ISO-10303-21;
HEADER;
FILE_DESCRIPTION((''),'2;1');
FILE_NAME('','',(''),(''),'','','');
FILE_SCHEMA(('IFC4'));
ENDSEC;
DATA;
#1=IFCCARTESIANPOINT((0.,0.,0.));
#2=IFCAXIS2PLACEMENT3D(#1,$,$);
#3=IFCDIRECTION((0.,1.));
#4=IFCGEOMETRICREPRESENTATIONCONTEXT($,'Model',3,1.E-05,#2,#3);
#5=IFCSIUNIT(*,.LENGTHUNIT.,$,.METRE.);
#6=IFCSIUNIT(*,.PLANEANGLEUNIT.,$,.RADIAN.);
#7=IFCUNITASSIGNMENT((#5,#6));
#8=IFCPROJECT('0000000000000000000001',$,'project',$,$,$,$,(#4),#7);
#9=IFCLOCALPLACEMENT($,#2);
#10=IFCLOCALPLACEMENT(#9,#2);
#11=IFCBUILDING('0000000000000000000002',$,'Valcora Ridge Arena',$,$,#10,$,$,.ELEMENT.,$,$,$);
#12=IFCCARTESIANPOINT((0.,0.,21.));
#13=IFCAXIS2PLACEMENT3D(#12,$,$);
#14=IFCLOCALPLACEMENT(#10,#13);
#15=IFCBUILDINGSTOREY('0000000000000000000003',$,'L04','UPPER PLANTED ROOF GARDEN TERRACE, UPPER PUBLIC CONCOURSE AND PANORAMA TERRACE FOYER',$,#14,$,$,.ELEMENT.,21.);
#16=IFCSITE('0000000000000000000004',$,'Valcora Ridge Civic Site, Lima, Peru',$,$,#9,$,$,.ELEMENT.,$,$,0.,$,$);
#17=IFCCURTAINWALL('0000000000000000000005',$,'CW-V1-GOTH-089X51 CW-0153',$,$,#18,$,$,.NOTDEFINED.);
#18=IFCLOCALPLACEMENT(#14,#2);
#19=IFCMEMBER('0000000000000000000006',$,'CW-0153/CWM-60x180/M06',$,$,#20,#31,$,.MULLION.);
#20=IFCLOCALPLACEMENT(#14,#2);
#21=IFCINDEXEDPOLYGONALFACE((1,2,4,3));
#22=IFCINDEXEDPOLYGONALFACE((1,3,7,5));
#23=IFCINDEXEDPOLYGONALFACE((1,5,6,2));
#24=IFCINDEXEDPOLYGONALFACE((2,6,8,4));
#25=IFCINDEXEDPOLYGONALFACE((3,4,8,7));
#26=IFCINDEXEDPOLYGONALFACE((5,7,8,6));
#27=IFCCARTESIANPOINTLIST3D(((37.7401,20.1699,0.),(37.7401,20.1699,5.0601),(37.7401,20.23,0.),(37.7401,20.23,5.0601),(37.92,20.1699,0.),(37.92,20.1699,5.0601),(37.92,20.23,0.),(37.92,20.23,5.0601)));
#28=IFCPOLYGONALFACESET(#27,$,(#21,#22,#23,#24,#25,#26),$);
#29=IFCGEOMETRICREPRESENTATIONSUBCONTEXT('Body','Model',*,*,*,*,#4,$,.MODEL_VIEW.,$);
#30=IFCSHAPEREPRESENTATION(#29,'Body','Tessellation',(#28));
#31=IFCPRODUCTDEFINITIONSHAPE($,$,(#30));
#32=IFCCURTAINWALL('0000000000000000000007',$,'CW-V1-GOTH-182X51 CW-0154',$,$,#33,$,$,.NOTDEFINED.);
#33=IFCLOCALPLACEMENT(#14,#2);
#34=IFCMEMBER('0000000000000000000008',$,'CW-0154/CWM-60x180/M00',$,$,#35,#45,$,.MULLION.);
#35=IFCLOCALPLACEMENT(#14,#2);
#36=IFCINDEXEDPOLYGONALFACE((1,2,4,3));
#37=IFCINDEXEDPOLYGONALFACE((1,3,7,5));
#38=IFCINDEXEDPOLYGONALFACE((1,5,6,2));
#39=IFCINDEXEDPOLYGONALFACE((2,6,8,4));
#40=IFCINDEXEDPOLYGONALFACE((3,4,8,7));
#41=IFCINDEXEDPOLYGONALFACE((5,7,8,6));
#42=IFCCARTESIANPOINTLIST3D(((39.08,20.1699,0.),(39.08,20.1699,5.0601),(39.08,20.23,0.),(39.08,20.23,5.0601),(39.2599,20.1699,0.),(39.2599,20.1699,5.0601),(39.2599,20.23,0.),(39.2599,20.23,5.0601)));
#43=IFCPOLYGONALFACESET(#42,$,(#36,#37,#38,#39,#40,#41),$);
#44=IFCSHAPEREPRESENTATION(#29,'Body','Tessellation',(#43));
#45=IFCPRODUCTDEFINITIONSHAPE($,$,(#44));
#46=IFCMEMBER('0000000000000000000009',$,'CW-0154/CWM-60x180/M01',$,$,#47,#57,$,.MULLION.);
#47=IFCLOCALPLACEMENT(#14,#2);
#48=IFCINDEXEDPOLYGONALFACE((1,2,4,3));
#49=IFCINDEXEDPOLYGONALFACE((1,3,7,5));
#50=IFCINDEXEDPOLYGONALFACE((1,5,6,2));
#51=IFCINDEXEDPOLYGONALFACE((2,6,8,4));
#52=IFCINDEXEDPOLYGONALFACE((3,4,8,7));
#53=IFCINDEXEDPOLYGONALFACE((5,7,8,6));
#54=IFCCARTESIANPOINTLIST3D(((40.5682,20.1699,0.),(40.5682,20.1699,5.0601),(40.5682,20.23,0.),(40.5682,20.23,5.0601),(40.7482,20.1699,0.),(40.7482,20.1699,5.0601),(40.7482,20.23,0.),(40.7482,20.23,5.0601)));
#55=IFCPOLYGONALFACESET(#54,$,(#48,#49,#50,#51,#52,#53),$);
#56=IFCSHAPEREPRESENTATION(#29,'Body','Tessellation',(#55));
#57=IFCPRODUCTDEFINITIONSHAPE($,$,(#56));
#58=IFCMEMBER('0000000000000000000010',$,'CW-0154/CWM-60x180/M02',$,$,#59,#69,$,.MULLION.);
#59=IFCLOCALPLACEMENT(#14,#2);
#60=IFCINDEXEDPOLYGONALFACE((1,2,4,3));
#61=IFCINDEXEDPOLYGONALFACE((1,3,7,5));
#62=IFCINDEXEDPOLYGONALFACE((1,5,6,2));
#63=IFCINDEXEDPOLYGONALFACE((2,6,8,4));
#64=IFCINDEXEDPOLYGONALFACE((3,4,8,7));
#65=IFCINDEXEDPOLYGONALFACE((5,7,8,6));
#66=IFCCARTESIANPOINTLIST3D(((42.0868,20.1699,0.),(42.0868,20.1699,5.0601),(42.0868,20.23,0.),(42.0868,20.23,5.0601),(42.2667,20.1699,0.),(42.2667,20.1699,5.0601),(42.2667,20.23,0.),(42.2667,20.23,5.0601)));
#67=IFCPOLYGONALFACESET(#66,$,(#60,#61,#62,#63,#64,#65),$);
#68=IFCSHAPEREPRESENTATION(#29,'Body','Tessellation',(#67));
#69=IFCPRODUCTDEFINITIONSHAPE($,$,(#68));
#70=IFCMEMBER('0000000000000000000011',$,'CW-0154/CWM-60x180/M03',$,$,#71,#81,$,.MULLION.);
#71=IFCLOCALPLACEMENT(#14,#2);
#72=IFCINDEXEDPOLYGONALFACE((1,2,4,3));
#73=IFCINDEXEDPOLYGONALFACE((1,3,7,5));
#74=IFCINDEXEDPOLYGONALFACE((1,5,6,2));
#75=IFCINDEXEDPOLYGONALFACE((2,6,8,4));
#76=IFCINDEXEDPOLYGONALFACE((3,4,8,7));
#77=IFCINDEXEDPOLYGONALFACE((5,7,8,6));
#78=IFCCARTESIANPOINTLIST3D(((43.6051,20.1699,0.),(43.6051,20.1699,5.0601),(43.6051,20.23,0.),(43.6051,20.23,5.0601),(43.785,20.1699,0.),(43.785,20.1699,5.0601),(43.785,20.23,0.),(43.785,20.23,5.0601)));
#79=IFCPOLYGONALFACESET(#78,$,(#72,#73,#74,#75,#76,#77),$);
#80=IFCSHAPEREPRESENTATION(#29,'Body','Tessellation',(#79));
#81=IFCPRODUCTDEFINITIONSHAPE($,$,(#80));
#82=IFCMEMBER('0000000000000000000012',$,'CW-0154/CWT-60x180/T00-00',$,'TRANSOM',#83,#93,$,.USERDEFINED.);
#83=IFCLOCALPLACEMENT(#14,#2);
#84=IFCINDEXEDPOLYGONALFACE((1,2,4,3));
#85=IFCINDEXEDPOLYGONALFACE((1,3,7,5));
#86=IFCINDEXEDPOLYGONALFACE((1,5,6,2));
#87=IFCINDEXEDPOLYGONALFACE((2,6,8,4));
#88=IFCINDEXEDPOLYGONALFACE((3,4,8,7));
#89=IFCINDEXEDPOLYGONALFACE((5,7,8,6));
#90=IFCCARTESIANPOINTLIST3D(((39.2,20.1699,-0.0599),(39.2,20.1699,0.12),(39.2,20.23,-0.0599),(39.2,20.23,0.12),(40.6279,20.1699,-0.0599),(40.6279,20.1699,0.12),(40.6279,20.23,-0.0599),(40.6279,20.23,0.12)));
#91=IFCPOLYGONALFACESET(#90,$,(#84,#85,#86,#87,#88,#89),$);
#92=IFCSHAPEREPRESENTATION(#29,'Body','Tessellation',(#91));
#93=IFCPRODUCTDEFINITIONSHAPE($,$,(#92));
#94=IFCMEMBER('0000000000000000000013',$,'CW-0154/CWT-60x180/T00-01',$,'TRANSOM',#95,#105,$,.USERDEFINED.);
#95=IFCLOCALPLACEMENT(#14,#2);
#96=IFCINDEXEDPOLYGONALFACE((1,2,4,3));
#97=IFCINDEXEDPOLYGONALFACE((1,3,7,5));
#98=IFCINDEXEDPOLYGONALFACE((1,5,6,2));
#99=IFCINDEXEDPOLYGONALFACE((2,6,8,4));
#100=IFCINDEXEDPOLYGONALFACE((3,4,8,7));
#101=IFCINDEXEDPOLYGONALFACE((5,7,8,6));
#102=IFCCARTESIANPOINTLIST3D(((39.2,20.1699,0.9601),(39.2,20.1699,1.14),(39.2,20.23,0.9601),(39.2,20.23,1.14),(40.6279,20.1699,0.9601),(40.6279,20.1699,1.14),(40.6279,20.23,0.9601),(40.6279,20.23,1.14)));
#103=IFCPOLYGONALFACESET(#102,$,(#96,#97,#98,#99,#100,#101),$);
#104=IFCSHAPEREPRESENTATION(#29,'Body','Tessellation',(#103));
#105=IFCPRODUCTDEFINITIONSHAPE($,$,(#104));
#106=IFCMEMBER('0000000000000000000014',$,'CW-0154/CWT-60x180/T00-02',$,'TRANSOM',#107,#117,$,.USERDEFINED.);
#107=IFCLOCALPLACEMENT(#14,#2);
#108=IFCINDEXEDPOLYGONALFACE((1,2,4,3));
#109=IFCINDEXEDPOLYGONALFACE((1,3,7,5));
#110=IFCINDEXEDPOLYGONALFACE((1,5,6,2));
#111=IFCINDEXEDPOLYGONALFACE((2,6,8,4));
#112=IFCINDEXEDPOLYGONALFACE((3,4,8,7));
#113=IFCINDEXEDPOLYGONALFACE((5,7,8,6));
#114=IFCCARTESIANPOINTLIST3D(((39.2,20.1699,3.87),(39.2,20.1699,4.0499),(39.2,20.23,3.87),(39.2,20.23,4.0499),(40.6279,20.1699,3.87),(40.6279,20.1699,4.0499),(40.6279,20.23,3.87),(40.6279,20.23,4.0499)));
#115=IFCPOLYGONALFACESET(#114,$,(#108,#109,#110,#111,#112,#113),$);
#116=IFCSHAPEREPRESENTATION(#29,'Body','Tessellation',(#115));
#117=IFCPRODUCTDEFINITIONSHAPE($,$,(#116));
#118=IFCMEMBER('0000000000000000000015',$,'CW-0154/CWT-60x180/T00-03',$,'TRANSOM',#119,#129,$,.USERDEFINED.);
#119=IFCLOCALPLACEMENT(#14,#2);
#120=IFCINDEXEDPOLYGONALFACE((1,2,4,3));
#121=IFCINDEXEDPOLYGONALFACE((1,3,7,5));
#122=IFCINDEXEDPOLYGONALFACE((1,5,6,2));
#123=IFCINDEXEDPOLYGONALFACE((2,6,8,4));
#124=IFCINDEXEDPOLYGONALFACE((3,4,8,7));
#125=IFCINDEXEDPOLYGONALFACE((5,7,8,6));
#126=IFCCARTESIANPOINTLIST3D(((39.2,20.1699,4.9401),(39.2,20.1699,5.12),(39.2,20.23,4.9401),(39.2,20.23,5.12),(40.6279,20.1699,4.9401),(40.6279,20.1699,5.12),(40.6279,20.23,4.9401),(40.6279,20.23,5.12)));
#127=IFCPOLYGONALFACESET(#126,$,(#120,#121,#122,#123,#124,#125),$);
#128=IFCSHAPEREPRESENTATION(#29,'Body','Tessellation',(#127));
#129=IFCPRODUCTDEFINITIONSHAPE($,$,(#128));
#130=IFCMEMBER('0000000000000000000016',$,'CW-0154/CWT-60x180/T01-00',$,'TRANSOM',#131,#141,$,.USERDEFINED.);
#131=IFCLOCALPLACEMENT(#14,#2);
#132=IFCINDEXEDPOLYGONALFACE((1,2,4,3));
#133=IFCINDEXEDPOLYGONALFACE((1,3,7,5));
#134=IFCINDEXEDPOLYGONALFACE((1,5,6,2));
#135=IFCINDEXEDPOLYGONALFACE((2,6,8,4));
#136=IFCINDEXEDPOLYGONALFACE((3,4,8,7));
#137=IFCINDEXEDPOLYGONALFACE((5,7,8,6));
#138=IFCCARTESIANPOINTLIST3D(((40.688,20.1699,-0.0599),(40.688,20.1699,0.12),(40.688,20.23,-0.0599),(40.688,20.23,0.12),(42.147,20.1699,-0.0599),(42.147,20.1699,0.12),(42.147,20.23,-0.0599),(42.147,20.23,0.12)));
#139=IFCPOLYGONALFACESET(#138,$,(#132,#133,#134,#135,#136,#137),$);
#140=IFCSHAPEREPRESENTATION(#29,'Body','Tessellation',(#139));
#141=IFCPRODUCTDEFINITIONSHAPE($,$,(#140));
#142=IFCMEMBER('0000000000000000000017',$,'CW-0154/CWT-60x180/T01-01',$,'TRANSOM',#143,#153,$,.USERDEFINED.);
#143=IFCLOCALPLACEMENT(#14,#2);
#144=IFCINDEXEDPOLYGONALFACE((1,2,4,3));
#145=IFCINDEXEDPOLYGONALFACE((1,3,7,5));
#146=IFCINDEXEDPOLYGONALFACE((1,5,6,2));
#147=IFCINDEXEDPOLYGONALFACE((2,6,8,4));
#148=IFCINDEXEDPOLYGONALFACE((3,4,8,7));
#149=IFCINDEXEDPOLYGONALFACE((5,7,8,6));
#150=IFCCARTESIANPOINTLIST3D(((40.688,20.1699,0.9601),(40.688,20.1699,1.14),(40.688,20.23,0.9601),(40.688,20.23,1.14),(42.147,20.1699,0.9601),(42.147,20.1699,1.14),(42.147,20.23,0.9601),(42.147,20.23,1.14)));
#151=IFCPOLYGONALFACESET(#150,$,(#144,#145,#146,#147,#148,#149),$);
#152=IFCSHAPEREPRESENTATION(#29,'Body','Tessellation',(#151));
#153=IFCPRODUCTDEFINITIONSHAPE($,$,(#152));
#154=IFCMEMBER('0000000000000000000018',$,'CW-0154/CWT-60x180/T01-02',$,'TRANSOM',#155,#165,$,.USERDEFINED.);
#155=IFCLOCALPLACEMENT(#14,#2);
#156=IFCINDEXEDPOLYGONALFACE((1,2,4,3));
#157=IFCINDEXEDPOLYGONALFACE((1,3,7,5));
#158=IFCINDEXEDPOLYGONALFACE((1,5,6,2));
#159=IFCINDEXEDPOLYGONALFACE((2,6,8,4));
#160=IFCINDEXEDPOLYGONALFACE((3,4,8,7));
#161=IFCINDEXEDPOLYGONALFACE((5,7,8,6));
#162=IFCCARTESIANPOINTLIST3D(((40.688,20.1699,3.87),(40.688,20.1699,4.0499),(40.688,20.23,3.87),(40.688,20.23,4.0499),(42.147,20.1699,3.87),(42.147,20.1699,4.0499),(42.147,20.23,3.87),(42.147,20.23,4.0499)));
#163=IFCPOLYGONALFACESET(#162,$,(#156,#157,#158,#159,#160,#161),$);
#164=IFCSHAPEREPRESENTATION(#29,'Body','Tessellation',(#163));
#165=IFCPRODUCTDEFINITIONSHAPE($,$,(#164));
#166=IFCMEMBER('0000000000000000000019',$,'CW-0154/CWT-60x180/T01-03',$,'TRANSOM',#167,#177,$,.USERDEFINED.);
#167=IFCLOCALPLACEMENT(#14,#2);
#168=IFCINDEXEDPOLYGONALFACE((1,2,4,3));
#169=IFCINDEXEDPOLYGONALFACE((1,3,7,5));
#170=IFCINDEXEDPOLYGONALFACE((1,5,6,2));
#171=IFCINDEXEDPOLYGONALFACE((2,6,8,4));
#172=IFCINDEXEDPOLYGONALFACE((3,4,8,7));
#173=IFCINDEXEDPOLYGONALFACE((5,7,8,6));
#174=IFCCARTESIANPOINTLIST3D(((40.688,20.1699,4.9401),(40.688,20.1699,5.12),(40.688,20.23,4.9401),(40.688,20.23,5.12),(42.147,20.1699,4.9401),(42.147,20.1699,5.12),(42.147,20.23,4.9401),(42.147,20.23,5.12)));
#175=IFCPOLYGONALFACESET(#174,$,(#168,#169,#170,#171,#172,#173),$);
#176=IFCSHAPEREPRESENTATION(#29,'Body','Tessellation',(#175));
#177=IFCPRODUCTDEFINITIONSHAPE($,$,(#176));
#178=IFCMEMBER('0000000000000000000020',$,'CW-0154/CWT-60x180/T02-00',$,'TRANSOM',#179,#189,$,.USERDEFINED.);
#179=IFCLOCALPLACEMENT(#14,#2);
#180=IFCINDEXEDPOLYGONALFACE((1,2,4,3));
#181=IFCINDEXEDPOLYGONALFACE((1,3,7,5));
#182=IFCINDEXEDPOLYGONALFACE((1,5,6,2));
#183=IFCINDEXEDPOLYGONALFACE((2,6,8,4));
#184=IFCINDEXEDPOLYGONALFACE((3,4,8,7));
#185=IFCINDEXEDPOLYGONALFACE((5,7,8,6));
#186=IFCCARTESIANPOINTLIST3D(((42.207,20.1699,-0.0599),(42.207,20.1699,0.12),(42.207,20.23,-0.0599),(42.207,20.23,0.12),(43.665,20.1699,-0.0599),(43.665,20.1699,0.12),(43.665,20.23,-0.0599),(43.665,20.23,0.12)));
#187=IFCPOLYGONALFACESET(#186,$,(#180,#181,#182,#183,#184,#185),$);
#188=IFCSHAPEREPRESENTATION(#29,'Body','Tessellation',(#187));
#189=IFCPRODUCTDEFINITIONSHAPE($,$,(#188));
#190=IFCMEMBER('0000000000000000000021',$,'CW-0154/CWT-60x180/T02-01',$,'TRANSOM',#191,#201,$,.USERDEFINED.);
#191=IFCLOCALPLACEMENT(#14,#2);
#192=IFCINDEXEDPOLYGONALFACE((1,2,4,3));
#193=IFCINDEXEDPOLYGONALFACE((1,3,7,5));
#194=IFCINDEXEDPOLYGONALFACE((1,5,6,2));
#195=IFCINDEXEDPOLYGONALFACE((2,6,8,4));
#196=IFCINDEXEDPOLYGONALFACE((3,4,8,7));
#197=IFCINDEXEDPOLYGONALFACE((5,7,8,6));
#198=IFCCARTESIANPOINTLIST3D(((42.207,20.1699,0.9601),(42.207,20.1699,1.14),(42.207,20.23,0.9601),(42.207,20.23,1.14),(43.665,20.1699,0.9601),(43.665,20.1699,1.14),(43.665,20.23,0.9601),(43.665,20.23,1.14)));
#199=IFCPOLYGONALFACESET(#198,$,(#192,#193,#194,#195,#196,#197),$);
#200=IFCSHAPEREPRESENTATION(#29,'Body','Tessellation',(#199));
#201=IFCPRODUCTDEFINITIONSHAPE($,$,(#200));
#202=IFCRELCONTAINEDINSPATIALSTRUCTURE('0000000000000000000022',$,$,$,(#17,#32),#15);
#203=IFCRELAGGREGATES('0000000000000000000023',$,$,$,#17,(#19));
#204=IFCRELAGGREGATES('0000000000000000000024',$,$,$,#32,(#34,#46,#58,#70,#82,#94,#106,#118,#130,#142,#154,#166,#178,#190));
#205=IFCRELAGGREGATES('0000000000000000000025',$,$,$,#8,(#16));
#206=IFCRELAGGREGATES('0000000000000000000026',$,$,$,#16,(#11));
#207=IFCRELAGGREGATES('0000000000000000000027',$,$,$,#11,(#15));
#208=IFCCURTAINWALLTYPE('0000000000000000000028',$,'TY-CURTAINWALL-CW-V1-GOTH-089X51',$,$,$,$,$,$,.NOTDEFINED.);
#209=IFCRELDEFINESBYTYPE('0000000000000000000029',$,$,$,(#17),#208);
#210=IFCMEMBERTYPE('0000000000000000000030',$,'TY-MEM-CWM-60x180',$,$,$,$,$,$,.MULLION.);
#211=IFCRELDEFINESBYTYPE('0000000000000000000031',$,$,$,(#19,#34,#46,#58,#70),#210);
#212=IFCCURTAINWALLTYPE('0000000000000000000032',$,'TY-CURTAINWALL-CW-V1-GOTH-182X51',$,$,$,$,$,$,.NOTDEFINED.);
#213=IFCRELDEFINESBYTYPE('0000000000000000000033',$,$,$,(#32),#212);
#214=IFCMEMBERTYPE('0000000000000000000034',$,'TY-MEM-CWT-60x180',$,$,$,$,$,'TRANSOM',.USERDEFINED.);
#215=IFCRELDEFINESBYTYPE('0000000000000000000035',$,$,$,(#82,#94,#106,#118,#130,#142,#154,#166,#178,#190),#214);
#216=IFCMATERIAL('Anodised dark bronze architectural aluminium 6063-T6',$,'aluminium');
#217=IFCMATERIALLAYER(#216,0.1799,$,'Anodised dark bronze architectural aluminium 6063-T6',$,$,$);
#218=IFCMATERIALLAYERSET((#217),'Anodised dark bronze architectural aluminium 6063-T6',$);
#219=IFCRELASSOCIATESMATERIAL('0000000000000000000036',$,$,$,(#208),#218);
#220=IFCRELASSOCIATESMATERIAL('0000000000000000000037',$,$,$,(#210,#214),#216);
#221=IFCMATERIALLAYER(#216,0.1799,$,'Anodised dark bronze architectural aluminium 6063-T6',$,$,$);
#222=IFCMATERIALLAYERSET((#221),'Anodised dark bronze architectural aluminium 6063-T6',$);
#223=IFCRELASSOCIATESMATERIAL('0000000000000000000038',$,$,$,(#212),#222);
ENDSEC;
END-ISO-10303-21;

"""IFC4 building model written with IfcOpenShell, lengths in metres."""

from ifc_helpers import new_model, si_unit, direction, frame, origin, origin_2d, place, context, subcontext, project, spatial, rectangle, extrude, material, layer, layer_set, material_profile, profile_set, type_object, element, aggregate, save


model = new_model("IFC4")

# Units and contexts
model_context = context("Model", 3, precision=1e-05, world=origin(), true_north=direction((0.0, 1.0)))
body_context = subcontext(model_context, "Body", "Model", "MODEL_VIEW")
ifc_project = project(units=[si_unit("LENGTHUNIT", "METRE"), si_unit("PLANEANGLEUNIT", "RADIAN")], contexts=[model_context])

# Site, building, storey
site_placement = place(None, origin())
site = spatial("IfcSite", under=ifc_project, at=site_placement, Name="Valcora Ridge Civic Site, Lima, Peru", CompositionType="ELEMENT", RefElevation=0.0)
building_placement = place(site_placement, origin())
building = spatial("IfcBuilding", under=site, at=building_placement, Name="Valcora Ridge Arena", CompositionType="ELEMENT")
storey_placement = place(building_placement, frame((0.0, 0.0, 21.0)))
storey = spatial("IfcBuildingStorey", under=building, at=storey_placement, Name="L04", Description="UPPER PLANTED ROOF GARDEN TERRACE, UPPER PUBLIC CONCOURSE AND PANORAMA TERRACE FOYER", CompositionType="ELEMENT", Elevation=21.0)

# Curtain wall, member
ifc_material_1 = material(Name="Anodised dark bronze architectural aluminium 6063-T6", Category="aluminium")
ifc_layer_1 = layer(ifc_material_1, 0.1799, Name="Anodised dark bronze architectural aluminium 6063-T6")
ifc_layer_set_1 = layer_set([ifc_layer_1], Name="Anodised dark bronze architectural aluminium 6063-T6")
curtain_wall_type_1 = type_object("IfcCurtainWallType", Name="TY-CURTAINWALL-CW-V1-GOTH-089X51", PredefinedType="NOTDEFINED", material=ifc_layer_set_1)
curtain_wall_1_placement = place(storey_placement, origin())
curtain_wall_1 = element("IfcCurtainWall", 1, at=curtain_wall_1_placement, inside=storey, type_object=curtain_wall_type_1, Name="CW-V1-GOTH-089X51 CW-0153", PredefinedType="NOTDEFINED")
ifc_material_profile_1 = material_profile(ifc_material_1, rectangle(XDim=0.0601, YDim=0.1799, at=origin_2d()), Name="ALU MULLION 60x180")
ifc_profile_set_1 = profile_set([ifc_material_profile_1], Name="Anodised dark bronze architectural aluminium 6063-T6")
member_type_1 = type_object("IfcMemberType", Name="TY-MEM-CWM-60x180", PredefinedType="MULLION", material=ifc_profile_set_1)
member_1_placement = place(storey_placement, frame((37.8301, 20.2, 0.0), z_axis=(0.0, 0.0, 1.0), x_axis=(0.0, 1.0, 0.0)))
member_1 = element("IfcMember", 2, at=member_1_placement, type_object=member_type_1, Name="CW-0153/CWM-60x180/M06", PredefinedType="MULLION", context=body_context, shape_type="SweptSolid", body=[
    extrude(rectangle(XDim=0.0601, YDim=0.1799, at=origin_2d()), origin(), (0.0, 0.0, 1.0), 5.0601),
])
aggregate(curtain_wall_1, [member_1])

# Curtain wall, members
ifc_layer_2 = layer(ifc_material_1, 0.1799, Name="Anodised dark bronze architectural aluminium 6063-T6")
ifc_layer_set_2 = layer_set([ifc_layer_2], Name="Anodised dark bronze architectural aluminium 6063-T6")
curtain_wall_type_2 = type_object("IfcCurtainWallType", Name="TY-CURTAINWALL-CW-V1-GOTH-182X51", PredefinedType="NOTDEFINED", material=ifc_layer_set_2)
curtain_wall_2_placement = place(storey_placement, origin())
curtain_wall_2 = element("IfcCurtainWall", 3, at=curtain_wall_2_placement, inside=storey, type_object=curtain_wall_type_2, Name="CW-V1-GOTH-182X51 CW-0154", PredefinedType="NOTDEFINED")
member_2_placement = place(storey_placement, frame((39.1699, 20.2, 0.0), z_axis=(0.0, 0.0, 1.0), x_axis=(0.0, 1.0, 0.0)))
member_2 = element("IfcMember", 4, at=member_2_placement, type_object=member_type_1, Name="CW-0154/CWM-60x180/M00", PredefinedType="MULLION", context=body_context, shape_type="SweptSolid", body=[
    extrude(rectangle(XDim=0.0601, YDim=0.1799, at=origin_2d()), origin(), (0.0, 0.0, 1.0), 5.0601),
])
member_3_placement = place(storey_placement, frame((40.6582, 20.2, 0.0), z_axis=(0.0, 0.0, 1.0), x_axis=(0.0, 1.0, 0.0)))
member_3 = element("IfcMember", 5, at=member_3_placement, type_object=member_type_1, Name="CW-0154/CWM-60x180/M01", PredefinedType="MULLION", context=body_context, shape_type="SweptSolid", body=[
    extrude(rectangle(XDim=0.0601, YDim=0.1799, at=origin_2d()), origin(), (0.0, 0.0, 1.0), 5.0601),
])
member_4_placement = place(storey_placement, frame((42.1768, 20.2, 0.0), z_axis=(0.0, 0.0, 1.0), x_axis=(0.0, 1.0, 0.0)))
member_4 = element("IfcMember", 6, at=member_4_placement, type_object=member_type_1, Name="CW-0154/CWM-60x180/M02", PredefinedType="MULLION", context=body_context, shape_type="SweptSolid", body=[
    extrude(rectangle(XDim=0.0601, YDim=0.1799, at=origin_2d()), origin(), (0.0, 0.0, 1.0), 5.0601),
])
member_5_placement = place(storey_placement, frame((43.6951, 20.2, 0.0), z_axis=(0.0, 0.0, 1.0), x_axis=(0.0, 1.0, 0.0)))
member_5 = element("IfcMember", 7, at=member_5_placement, type_object=member_type_1, Name="CW-0154/CWM-60x180/M03", PredefinedType="MULLION", context=body_context, shape_type="SweptSolid", body=[
    extrude(rectangle(XDim=0.0601, YDim=0.1799, at=origin_2d()), origin(), (0.0, 0.0, 1.0), 5.0601),
])
ifc_material_profile_2 = material_profile(ifc_material_1, rectangle(XDim=0.0601, YDim=0.1799, at=origin_2d()), Name="ALU TRANSOM 60x180")
ifc_profile_set_2 = profile_set([ifc_material_profile_2], Name="Anodised dark bronze architectural aluminium 6063-T6")
member_type_2 = type_object("IfcMemberType", Name="TY-MEM-CWT-60x180", ElementType="TRANSOM", PredefinedType="USERDEFINED", material=ifc_profile_set_2)
member_6_placement = place(storey_placement, frame((39.2, 20.2, 0.03), z_axis=(1.0, 0.0, 0.0), x_axis=(0.0, 1.0, 0.0)))
member_6 = element("IfcMember", 8, at=member_6_placement, type_object=member_type_2, Name="CW-0154/CWT-60x180/T00-00", ObjectType="TRANSOM", PredefinedType="USERDEFINED", context=body_context, shape_type="SweptSolid", body=[
    extrude(rectangle(XDim=0.0601, YDim=0.1799, at=origin_2d()), origin(), (0.0, 0.0, 1.0), 1.428),
])
member_7_placement = place(storey_placement, frame((39.2, 20.2, 1.05), z_axis=(1.0, 0.0, 0.0), x_axis=(0.0, 1.0, 0.0)))
member_7 = element("IfcMember", 9, at=member_7_placement, type_object=member_type_2, Name="CW-0154/CWT-60x180/T00-01", ObjectType="TRANSOM", PredefinedType="USERDEFINED", context=body_context, shape_type="SweptSolid", body=[
    extrude(rectangle(XDim=0.0601, YDim=0.1799, at=origin_2d()), origin(), (0.0, 0.0, 1.0), 1.428),
])
member_8_placement = place(storey_placement, frame((39.2, 20.2, 3.96), z_axis=(1.0, 0.0, 0.0), x_axis=(0.0, 1.0, 0.0)))
member_8 = element("IfcMember", 10, at=member_8_placement, type_object=member_type_2, Name="CW-0154/CWT-60x180/T00-02", ObjectType="TRANSOM", PredefinedType="USERDEFINED", context=body_context, shape_type="SweptSolid", body=[
    extrude(rectangle(XDim=0.0601, YDim=0.1799, at=origin_2d()), origin(), (0.0, 0.0, 1.0), 1.428),
])
member_9_placement = place(storey_placement, frame((39.2, 20.2, 5.03), z_axis=(1.0, 0.0, 0.0), x_axis=(0.0, 1.0, 0.0)))
member_9 = element("IfcMember", 11, at=member_9_placement, type_object=member_type_2, Name="CW-0154/CWT-60x180/T00-03", ObjectType="TRANSOM", PredefinedType="USERDEFINED", context=body_context, shape_type="SweptSolid", body=[
    extrude(rectangle(XDim=0.0601, YDim=0.1799, at=origin_2d()), origin(), (0.0, 0.0, 1.0), 1.428),
])
member_10_placement = place(storey_placement, frame((40.688, 20.2, 0.03), z_axis=(1.0, 0.0, 0.0), x_axis=(0.0, 1.0, 0.0)))
member_10 = element("IfcMember", 12, at=member_10_placement, type_object=member_type_2, Name="CW-0154/CWT-60x180/T01-00", ObjectType="TRANSOM", PredefinedType="USERDEFINED", context=body_context, shape_type="SweptSolid", body=[
    extrude(rectangle(XDim=0.0601, YDim=0.1799, at=origin_2d()), origin(), (0.0, 0.0, 1.0), 1.459),
])
member_11_placement = place(storey_placement, frame((40.688, 20.2, 1.05), z_axis=(1.0, 0.0, 0.0), x_axis=(0.0, 1.0, 0.0)))
member_11 = element("IfcMember", 13, at=member_11_placement, type_object=member_type_2, Name="CW-0154/CWT-60x180/T01-01", ObjectType="TRANSOM", PredefinedType="USERDEFINED", context=body_context, shape_type="SweptSolid", body=[
    extrude(rectangle(XDim=0.0601, YDim=0.1799, at=origin_2d()), origin(), (0.0, 0.0, 1.0), 1.459),
])
member_12_placement = place(storey_placement, frame((40.688, 20.2, 3.96), z_axis=(1.0, 0.0, 0.0), x_axis=(0.0, 1.0, 0.0)))
member_12 = element("IfcMember", 14, at=member_12_placement, type_object=member_type_2, Name="CW-0154/CWT-60x180/T01-02", ObjectType="TRANSOM", PredefinedType="USERDEFINED", context=body_context, shape_type="SweptSolid", body=[
    extrude(rectangle(XDim=0.0601, YDim=0.1799, at=origin_2d()), origin(), (0.0, 0.0, 1.0), 1.459),
])
member_13_placement = place(storey_placement, frame((40.688, 20.2, 5.03), z_axis=(1.0, 0.0, 0.0), x_axis=(0.0, 1.0, 0.0)))
member_13 = element("IfcMember", 15, at=member_13_placement, type_object=member_type_2, Name="CW-0154/CWT-60x180/T01-03", ObjectType="TRANSOM", PredefinedType="USERDEFINED", context=body_context, shape_type="SweptSolid", body=[
    extrude(rectangle(XDim=0.0601, YDim=0.1799, at=origin_2d()), origin(), (0.0, 0.0, 1.0), 1.459),
])
member_14_placement = place(storey_placement, frame((42.207, 20.2, 0.03), z_axis=(1.0, 0.0, 0.0), x_axis=(0.0, 1.0, 0.0)))
member_14 = element("IfcMember", 16, at=member_14_placement, type_object=member_type_2, Name="CW-0154/CWT-60x180/T02-00", ObjectType="TRANSOM", PredefinedType="USERDEFINED", context=body_context, shape_type="SweptSolid", body=[
    extrude(rectangle(XDim=0.0601, YDim=0.1799, at=origin_2d()), origin(), (0.0, 0.0, 1.0), 1.458),
])
member_15_placement = place(storey_placement, frame((42.207, 20.2, 1.05), z_axis=(1.0, 0.0, 0.0), x_axis=(0.0, 1.0, 0.0)))
member_15 = element("IfcMember", 17, at=member_15_placement, type_object=member_type_2, Name="CW-0154/CWT-60x180/T02-01", ObjectType="TRANSOM", PredefinedType="USERDEFINED", context=body_context, shape_type="SweptSolid", body=[
    extrude(rectangle(XDim=0.0601, YDim=0.1799, at=origin_2d()), origin(), (0.0, 0.0, 1.0), 1.458),
])
aggregate(curtain_wall_2, [member_2, member_3, member_4, member_5, member_6, member_7, member_8, member_9, member_10, member_11, member_12, member_13, member_14, member_15])

save(model, "model.ifc")
